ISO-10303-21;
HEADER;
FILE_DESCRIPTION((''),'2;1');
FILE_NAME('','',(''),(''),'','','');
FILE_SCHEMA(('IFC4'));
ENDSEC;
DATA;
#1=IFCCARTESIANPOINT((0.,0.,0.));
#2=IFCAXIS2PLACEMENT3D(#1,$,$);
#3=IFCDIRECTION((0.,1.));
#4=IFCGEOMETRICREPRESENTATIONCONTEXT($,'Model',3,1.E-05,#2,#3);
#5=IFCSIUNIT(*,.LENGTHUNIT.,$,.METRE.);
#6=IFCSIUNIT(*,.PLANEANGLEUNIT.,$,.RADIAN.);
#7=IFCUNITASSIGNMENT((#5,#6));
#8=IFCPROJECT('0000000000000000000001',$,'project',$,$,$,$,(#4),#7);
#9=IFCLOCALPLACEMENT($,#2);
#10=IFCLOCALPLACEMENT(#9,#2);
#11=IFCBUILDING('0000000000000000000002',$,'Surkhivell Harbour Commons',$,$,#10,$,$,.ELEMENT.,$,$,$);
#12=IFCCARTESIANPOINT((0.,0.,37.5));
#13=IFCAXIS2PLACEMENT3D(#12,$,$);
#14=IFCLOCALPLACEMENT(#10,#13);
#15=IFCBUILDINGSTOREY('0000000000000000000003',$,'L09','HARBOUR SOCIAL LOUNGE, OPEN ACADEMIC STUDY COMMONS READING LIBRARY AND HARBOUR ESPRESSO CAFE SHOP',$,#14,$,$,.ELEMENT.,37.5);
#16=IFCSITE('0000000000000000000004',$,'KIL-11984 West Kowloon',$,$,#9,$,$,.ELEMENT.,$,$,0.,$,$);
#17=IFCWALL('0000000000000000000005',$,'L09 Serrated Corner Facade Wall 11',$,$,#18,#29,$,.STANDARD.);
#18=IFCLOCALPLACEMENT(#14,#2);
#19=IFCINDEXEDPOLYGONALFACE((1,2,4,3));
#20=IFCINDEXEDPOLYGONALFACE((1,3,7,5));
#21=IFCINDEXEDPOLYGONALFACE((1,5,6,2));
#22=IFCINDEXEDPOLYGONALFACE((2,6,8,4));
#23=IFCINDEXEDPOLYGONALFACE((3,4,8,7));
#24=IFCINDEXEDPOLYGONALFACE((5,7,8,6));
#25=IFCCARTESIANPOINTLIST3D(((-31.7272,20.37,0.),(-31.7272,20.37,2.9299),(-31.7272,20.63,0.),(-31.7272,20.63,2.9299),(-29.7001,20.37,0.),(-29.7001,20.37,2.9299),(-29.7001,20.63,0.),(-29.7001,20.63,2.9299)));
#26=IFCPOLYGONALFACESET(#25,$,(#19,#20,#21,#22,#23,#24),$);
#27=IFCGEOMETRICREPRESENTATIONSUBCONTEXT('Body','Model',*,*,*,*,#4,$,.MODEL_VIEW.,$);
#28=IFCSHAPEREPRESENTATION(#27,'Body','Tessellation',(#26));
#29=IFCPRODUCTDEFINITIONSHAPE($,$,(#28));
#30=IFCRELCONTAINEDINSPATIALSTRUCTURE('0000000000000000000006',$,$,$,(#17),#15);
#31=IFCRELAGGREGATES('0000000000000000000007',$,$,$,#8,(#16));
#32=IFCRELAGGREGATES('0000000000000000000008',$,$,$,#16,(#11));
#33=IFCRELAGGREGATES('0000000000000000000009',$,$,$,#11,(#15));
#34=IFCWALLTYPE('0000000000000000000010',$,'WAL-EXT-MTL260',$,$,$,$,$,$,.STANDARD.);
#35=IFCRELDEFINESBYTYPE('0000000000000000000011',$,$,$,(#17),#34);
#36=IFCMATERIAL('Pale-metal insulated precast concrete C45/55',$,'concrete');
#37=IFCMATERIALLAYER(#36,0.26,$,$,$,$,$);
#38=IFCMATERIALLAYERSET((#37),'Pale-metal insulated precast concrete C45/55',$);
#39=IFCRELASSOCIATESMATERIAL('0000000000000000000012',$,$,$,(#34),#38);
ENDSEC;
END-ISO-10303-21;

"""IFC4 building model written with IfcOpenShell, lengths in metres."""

from ifc_helpers import new_model, si_unit, direction, frame, frame_2d, origin, place, context, subcontext, project, spatial, rectangle, extrude, material, layer, layer_set, type_object, element, save


model = new_model("IFC4")

# Units and contexts
model_context = context("Model", 3, precision=1e-05, world=origin(), true_north=direction((0.0, 1.0)))
body_context = subcontext(model_context, "Body", "Model", "MODEL_VIEW")
ifc_project = project(units=[si_unit("LENGTHUNIT", "METRE"), si_unit("PLANEANGLEUNIT", "RADIAN")], contexts=[model_context])

# Site, building, storey
site_placement = place(None, origin())
site = spatial("IfcSite", under=ifc_project, at=site_placement, Name="KIL-11984 West Kowloon", CompositionType="ELEMENT", RefElevation=0.0)
building_placement = place(site_placement, origin())
building = spatial("IfcBuilding", under=site, at=building_placement, Name="Surkhivell Harbour Commons", CompositionType="ELEMENT")
storey_placement = place(building_placement, frame((0.0, 0.0, 37.5)))
storey = spatial("IfcBuildingStorey", under=building, at=storey_placement, Name="L09", Description="HARBOUR SOCIAL LOUNGE, OPEN ACADEMIC STUDY COMMONS READING LIBRARY AND HARBOUR ESPRESSO CAFE SHOP", CompositionType="ELEMENT", Elevation=37.5)

# Shared definitions
ifc_material_1 = material(Name="Pale-metal insulated precast concrete C45/55", Category="concrete")
ifc_layer_1 = layer(ifc_material_1, 0.26)
ifc_layer_set_1 = layer_set([ifc_layer_1], Name="Pale-metal insulated precast concrete C45/55")
wall_type = type_object("IfcWallType", Name="WAL-EXT-MTL260", PredefinedType="STANDARD", material=ifc_layer_set_1)

# Wall
wall_1_placement = place(storey_placement, frame((-29.7, 20.5, 0.0), z_axis=(0.0, 0.0, 1.0), x_axis=(-1.0, 0.0, 0.0)))
element("IfcWall", 1, at=wall_1_placement, inside=storey, type_object=wall_type, Name="L09 Serrated Corner Facade Wall 11", PredefinedType="STANDARD", context=body_context, shape_type="SweptSolid", body=[
    extrude(rectangle(XDim=2.0271, YDim=0.26, at=frame_2d((1.0137, 0.0))), origin(), (0.0, 0.0, 1.0), 2.9299),
])

save(model, "model.ifc")
